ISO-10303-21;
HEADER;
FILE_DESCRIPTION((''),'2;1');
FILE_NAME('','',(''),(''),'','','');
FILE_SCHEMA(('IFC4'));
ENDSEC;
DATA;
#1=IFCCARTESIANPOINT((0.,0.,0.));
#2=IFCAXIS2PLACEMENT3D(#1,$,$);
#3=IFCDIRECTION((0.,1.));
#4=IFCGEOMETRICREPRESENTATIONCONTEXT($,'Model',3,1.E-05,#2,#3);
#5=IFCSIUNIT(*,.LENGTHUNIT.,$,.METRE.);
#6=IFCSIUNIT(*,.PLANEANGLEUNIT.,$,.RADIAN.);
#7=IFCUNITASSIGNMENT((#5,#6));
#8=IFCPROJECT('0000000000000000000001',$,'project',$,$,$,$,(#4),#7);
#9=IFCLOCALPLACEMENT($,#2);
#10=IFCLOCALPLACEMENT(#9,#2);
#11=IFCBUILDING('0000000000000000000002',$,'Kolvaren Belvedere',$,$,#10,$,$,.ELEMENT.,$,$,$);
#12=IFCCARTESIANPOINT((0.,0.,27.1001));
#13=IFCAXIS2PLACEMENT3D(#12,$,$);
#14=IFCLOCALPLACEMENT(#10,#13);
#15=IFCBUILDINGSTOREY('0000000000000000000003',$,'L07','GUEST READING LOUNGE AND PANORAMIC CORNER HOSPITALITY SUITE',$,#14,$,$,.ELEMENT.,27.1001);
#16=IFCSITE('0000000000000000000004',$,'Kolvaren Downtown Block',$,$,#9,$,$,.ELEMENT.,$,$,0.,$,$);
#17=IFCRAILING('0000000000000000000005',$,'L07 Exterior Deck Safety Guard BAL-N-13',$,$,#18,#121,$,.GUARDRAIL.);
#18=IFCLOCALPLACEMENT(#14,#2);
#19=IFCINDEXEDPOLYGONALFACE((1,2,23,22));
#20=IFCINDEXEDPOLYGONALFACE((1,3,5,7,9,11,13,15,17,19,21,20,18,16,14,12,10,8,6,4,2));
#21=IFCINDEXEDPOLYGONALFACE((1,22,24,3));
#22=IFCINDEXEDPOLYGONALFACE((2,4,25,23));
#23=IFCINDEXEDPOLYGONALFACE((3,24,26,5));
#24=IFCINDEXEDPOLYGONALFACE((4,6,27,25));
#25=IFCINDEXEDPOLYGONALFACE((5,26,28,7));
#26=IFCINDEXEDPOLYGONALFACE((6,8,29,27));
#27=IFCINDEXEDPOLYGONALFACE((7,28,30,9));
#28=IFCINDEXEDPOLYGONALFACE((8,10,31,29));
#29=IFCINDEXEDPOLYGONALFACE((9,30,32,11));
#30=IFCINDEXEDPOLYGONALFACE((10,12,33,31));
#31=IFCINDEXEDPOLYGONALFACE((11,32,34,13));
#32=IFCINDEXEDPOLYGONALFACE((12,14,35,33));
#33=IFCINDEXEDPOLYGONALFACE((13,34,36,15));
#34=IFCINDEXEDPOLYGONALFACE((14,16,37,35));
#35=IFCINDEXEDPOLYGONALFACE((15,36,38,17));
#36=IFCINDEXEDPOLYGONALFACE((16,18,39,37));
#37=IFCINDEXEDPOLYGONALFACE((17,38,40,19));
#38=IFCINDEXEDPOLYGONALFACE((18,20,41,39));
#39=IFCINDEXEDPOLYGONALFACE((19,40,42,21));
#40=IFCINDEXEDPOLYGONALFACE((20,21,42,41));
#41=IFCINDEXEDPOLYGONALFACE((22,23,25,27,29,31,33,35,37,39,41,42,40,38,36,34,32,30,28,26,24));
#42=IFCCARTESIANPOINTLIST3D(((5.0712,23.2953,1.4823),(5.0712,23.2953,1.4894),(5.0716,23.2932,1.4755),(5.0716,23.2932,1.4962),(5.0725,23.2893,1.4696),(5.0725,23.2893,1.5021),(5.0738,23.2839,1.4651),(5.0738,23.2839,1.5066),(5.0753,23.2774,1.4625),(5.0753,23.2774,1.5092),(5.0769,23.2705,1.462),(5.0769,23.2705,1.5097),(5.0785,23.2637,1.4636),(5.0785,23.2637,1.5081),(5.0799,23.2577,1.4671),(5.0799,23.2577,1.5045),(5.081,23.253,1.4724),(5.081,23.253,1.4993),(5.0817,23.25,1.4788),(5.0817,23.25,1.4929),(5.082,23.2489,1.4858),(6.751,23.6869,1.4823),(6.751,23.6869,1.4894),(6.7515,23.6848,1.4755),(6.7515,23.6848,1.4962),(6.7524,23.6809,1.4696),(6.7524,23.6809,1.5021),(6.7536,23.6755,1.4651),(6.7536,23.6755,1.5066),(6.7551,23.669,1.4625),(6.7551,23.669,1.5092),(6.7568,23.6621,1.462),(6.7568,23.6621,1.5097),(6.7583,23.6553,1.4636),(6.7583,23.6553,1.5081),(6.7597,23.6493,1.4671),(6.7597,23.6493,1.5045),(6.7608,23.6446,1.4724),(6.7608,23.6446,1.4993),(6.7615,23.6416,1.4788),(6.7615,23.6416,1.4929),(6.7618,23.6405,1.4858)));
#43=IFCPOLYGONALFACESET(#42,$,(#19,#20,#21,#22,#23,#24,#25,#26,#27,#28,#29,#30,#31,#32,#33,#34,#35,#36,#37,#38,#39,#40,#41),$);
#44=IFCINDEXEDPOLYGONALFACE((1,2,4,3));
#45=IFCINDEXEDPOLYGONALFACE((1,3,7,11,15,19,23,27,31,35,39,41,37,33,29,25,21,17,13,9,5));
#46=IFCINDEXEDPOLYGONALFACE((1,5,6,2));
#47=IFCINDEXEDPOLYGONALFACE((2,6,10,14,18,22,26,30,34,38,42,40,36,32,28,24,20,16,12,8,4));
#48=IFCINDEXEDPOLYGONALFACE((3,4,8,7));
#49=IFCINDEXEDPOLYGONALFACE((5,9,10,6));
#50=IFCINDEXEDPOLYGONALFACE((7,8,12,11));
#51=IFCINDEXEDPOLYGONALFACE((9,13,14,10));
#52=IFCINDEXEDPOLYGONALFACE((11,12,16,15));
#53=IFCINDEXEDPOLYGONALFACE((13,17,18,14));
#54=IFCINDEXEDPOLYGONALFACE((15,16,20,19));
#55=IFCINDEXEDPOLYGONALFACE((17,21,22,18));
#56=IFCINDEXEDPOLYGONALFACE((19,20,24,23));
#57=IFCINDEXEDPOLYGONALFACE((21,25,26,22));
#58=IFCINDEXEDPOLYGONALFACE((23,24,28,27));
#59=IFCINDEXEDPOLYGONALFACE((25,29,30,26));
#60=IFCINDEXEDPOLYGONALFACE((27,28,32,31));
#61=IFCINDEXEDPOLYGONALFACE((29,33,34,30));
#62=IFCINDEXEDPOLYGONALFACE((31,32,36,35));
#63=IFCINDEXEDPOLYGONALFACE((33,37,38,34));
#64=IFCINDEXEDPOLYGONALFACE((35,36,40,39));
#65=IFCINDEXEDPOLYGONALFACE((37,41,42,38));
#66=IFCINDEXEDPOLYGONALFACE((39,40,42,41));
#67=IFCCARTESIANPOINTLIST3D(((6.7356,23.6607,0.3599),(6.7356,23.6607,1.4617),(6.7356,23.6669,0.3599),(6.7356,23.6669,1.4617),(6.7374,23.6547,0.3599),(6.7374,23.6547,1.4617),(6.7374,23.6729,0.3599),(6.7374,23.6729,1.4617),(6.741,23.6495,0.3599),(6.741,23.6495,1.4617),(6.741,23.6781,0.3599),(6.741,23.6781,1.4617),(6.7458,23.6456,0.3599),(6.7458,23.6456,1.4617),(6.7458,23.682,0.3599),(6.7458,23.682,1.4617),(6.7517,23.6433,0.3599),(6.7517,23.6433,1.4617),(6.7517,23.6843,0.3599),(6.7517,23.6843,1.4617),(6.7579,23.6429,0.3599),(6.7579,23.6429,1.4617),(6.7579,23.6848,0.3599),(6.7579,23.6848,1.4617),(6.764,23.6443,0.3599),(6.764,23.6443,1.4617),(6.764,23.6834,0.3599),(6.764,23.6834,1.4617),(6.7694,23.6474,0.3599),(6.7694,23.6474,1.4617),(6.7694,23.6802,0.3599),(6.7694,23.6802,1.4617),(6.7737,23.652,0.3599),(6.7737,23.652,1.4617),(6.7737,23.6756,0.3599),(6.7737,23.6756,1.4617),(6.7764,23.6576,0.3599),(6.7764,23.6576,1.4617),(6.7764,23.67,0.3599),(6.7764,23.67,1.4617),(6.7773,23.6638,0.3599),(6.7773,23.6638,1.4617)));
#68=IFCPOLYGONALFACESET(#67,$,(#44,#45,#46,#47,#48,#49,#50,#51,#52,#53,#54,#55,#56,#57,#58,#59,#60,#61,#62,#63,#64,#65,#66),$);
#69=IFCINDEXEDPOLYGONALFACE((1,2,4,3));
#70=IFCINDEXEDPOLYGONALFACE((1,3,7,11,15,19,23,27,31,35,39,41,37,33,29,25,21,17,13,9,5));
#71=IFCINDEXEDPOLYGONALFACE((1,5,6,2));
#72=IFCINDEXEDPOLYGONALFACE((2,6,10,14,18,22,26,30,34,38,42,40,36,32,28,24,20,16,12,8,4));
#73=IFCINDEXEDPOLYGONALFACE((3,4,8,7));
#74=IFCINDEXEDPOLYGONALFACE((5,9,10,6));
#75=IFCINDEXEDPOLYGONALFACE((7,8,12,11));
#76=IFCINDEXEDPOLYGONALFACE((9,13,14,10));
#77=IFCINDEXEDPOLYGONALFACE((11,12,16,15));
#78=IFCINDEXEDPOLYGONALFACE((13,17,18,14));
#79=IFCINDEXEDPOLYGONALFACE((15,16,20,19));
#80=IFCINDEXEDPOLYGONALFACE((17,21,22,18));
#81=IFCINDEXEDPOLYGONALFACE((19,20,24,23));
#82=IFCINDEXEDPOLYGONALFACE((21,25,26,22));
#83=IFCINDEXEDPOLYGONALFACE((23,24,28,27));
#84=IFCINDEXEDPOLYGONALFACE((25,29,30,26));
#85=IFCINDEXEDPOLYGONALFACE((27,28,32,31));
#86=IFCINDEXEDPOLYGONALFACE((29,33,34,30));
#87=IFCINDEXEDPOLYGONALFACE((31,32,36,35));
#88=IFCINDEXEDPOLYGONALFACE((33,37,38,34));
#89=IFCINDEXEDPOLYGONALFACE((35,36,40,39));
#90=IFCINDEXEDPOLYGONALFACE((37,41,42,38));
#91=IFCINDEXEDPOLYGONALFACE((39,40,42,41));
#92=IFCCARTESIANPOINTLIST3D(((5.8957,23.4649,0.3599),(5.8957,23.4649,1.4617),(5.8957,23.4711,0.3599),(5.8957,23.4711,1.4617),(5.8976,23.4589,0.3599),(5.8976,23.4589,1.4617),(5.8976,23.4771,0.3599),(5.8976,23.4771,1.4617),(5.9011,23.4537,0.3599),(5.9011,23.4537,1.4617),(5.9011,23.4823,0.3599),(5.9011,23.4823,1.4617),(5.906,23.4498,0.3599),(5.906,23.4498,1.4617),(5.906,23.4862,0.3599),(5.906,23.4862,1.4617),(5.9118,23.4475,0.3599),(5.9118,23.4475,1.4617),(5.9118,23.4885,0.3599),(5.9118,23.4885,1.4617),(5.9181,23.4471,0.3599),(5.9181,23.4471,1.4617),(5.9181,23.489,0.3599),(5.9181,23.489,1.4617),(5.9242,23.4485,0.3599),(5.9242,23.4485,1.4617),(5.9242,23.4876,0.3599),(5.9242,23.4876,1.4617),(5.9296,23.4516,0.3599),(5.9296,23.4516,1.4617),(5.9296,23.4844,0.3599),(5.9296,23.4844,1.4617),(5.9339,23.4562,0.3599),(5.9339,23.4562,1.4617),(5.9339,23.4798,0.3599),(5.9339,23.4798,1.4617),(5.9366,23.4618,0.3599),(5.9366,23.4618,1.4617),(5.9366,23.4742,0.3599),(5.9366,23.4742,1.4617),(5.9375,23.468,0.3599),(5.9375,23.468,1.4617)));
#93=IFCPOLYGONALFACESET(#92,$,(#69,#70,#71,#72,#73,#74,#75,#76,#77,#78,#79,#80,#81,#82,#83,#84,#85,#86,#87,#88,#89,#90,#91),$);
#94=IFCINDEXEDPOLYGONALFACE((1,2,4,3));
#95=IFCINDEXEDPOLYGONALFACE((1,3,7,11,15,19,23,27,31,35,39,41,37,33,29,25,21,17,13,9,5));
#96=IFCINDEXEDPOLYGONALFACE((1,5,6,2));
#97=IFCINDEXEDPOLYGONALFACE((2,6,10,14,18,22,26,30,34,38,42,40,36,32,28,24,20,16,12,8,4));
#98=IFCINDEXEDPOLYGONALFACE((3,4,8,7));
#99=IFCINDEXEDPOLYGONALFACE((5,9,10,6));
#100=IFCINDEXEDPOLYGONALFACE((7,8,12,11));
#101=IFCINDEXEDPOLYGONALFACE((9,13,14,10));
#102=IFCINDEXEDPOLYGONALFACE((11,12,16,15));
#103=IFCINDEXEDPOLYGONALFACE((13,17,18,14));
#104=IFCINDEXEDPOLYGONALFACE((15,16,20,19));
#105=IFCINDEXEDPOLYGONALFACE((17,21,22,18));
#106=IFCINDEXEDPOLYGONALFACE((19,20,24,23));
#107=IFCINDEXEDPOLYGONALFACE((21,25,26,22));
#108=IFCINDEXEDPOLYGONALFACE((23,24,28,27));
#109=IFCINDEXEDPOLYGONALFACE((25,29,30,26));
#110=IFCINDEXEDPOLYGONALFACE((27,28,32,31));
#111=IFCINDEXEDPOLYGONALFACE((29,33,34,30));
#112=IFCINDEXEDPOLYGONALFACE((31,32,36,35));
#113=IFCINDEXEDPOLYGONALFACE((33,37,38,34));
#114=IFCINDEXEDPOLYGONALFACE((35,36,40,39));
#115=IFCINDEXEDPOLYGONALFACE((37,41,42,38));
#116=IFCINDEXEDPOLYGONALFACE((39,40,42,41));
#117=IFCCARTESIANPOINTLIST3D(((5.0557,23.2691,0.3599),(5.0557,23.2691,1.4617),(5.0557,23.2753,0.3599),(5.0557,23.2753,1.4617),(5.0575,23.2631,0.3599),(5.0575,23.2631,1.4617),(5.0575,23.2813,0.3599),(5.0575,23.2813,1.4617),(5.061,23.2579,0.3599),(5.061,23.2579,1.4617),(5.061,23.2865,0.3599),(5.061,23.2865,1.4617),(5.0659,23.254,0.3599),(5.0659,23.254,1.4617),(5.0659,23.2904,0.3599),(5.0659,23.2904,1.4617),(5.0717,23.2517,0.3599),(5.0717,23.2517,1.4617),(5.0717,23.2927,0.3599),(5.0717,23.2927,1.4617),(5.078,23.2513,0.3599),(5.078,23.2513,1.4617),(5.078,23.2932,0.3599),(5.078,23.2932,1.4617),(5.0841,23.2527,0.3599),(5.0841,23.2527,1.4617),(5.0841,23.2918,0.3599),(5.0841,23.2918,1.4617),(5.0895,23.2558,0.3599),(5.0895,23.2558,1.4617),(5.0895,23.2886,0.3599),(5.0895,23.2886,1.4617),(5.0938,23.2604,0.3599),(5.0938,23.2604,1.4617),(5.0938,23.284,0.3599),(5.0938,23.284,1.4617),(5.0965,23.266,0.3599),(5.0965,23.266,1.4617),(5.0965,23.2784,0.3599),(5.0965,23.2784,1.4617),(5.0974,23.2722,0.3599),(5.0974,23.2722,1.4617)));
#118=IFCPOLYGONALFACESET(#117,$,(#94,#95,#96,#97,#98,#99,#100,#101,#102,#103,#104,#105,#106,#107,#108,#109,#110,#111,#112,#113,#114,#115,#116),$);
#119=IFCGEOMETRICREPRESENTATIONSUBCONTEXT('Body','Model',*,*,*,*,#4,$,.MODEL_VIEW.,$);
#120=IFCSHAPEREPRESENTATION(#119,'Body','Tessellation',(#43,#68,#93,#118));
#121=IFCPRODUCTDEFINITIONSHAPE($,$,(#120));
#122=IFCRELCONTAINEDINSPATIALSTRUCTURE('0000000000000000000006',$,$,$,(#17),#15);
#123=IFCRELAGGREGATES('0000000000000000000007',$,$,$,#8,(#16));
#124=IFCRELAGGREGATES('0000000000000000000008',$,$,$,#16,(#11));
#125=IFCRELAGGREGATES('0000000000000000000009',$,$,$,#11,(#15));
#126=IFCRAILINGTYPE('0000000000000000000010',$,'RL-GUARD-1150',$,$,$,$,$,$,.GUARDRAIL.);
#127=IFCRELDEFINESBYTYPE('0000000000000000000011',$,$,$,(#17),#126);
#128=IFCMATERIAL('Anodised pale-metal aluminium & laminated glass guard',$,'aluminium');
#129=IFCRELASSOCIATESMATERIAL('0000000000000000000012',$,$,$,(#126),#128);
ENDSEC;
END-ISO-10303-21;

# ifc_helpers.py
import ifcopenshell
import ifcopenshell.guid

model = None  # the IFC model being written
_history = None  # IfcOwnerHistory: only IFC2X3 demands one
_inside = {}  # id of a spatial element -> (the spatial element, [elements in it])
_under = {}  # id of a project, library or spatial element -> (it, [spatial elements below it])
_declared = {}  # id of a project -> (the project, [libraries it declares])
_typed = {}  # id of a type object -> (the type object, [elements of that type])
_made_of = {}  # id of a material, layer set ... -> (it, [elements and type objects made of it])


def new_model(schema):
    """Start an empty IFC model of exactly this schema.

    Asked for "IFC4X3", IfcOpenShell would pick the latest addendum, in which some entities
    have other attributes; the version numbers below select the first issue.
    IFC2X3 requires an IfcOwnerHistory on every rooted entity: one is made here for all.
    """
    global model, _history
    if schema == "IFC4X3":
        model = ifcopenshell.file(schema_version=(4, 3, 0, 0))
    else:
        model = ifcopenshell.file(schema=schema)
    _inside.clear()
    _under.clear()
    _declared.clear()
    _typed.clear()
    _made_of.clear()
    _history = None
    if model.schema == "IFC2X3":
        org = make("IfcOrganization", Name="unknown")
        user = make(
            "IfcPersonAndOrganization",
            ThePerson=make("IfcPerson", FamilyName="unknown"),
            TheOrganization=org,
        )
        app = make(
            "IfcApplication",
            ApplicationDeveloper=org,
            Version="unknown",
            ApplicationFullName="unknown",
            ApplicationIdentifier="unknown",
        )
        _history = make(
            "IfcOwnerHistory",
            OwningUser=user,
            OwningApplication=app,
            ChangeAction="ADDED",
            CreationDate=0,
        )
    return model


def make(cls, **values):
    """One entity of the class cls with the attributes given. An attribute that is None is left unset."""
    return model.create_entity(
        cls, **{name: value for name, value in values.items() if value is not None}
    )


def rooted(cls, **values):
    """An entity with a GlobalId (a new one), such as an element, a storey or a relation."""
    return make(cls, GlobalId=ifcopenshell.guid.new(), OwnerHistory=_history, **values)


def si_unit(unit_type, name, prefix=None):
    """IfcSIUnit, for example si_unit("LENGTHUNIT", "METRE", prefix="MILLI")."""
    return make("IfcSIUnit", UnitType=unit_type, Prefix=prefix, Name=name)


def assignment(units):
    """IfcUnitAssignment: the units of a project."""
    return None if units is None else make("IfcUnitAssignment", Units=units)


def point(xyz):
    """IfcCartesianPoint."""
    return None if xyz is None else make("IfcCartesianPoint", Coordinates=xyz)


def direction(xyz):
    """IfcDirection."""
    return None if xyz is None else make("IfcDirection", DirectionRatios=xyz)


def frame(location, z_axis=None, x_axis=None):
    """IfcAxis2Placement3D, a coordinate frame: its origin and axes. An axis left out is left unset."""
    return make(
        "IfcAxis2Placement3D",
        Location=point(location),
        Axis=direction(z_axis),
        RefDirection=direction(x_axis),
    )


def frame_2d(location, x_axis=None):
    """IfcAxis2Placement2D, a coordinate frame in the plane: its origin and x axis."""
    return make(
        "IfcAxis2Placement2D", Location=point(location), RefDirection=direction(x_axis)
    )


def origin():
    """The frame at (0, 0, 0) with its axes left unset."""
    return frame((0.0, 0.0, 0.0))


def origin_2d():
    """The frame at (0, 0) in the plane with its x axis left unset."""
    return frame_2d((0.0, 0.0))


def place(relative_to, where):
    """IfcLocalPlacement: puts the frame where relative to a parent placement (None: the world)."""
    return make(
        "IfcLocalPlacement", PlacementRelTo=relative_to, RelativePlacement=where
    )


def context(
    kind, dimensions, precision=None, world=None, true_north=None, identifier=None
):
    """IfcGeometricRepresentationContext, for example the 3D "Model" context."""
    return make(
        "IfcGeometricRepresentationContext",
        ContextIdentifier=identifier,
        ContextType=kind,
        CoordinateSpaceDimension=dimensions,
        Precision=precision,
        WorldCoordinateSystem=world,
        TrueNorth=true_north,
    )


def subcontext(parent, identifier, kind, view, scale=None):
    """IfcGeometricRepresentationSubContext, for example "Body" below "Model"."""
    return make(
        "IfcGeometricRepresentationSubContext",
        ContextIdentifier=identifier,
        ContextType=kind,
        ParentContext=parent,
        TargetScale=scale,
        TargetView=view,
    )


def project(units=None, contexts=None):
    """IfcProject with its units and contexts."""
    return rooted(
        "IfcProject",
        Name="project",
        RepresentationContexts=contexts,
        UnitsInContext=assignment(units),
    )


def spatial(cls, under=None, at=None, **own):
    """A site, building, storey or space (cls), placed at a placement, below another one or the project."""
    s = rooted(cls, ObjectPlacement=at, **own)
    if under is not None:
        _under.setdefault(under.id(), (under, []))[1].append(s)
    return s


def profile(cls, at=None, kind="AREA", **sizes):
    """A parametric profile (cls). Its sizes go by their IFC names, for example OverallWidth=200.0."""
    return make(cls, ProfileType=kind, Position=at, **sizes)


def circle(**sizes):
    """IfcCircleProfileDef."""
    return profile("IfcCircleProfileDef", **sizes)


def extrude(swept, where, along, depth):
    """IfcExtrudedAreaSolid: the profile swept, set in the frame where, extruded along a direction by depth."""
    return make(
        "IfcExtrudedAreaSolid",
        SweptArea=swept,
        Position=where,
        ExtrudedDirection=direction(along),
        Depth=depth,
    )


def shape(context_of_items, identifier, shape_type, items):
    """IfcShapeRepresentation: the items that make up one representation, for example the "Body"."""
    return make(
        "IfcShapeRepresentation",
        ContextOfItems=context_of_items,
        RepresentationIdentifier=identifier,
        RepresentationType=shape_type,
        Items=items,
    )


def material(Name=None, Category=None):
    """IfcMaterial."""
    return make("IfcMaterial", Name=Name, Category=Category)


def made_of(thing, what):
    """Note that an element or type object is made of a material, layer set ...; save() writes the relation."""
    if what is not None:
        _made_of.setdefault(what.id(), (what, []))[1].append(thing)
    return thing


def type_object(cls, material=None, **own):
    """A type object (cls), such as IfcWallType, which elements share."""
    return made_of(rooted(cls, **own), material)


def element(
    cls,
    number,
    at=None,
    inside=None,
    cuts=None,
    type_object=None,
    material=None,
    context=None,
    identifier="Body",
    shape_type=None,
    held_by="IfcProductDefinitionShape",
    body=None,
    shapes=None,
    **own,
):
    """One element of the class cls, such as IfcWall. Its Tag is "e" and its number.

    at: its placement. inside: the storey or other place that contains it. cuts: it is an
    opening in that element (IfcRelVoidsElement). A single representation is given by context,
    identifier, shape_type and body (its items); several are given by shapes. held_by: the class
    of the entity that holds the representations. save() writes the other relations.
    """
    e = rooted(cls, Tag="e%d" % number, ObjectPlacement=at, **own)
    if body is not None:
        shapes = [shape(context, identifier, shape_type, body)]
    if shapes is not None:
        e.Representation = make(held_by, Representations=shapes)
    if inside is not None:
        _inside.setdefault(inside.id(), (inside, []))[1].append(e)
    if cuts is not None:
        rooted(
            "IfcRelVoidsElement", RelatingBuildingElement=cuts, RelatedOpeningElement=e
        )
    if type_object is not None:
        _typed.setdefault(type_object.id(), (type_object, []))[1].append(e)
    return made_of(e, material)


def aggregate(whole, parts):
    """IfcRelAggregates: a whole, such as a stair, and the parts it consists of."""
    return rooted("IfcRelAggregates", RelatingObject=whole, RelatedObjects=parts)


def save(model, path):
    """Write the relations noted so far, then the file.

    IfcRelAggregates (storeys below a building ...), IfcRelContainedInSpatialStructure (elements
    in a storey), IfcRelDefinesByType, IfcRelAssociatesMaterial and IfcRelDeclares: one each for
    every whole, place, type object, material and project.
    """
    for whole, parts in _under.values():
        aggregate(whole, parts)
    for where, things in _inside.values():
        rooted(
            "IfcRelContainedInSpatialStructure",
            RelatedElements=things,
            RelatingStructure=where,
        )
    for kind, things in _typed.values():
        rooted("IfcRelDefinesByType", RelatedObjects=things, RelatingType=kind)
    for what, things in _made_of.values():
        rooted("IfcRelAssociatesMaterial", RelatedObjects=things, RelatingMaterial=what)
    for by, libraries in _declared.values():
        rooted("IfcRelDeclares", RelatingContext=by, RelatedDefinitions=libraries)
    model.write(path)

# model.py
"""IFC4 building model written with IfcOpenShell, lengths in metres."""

from ifc_helpers import new_model, si_unit, direction, frame, origin, origin_2d, place, context, subcontext, project, spatial, circle, extrude, material, type_object, element, save


model = new_model("IFC4")

# Units and contexts
model_context = context("Model", 3, precision=1e-05, world=origin(), true_north=direction((0.0, 1.0)))
body_context = subcontext(model_context, "Body", "Model", "MODEL_VIEW")
ifc_project = project(units=[si_unit("LENGTHUNIT", "METRE"), si_unit("PLANEANGLEUNIT", "RADIAN")], contexts=[model_context])

# Site, building, storey
site_placement = place(None, origin())
site = spatial("IfcSite", under=ifc_project, at=site_placement, Name="Kolvaren Downtown Block", CompositionType="ELEMENT", RefElevation=0.0)
building_placement = place(site_placement, origin())
building = spatial("IfcBuilding", under=site, at=building_placement, Name="Kolvaren Belvedere", CompositionType="ELEMENT")
storey_placement = place(building_placement, frame((0.0, 0.0, 27.1001)))
storey = spatial("IfcBuildingStorey", under=building, at=storey_placement, Name="L07", Description="GUEST READING LOUNGE AND PANORAMIC CORNER HOSPITALITY SUITE", CompositionType="ELEMENT", Elevation=27.1001)

# Railing
ifc_material_1 = material(Name="Anodised pale-metal aluminium & laminated glass guard", Category="aluminium")
railing_type = type_object("IfcRailingType", Name="RL-GUARD-1150", PredefinedType="GUARDRAIL", material=ifc_material_1)
railing_1_placement = place(storey_placement, frame((6.7563, 23.6638, 0.3599)))
element("IfcRailing", 1, at=railing_1_placement, inside=storey, type_object=railing_type, Name="L07 Exterior Deck Safety Guard BAL-N-13", PredefinedType="GUARDRAIL", context=body_context, shape_type="SweptSolid", body=[
    extrude(circle(Radius=0.0239, at=origin_2d()), frame((0.0, 0.0, 1.126), z_axis=(-0.97389, -0.227019, 0.0), x_axis=(0.227019, -0.97389, 0.0)), (0.0, 0.0, 1.0), 1.7249),
    extrude(circle(Radius=0.021, at=origin_2d()), origin(), (0.0, 0.0, 1.0), 1.1018),
    extrude(circle(Radius=0.021, at=origin_2d()), frame((-0.8398, -0.1958, 0.0)), (0.0, 0.0, 1.0), 1.1018),
    extrude(circle(Radius=0.021, at=origin_2d()), frame((-1.6799, -0.3916, 0.0)), (0.0, 0.0, 1.0), 1.1018),
])

save(model, "model.ifc")
